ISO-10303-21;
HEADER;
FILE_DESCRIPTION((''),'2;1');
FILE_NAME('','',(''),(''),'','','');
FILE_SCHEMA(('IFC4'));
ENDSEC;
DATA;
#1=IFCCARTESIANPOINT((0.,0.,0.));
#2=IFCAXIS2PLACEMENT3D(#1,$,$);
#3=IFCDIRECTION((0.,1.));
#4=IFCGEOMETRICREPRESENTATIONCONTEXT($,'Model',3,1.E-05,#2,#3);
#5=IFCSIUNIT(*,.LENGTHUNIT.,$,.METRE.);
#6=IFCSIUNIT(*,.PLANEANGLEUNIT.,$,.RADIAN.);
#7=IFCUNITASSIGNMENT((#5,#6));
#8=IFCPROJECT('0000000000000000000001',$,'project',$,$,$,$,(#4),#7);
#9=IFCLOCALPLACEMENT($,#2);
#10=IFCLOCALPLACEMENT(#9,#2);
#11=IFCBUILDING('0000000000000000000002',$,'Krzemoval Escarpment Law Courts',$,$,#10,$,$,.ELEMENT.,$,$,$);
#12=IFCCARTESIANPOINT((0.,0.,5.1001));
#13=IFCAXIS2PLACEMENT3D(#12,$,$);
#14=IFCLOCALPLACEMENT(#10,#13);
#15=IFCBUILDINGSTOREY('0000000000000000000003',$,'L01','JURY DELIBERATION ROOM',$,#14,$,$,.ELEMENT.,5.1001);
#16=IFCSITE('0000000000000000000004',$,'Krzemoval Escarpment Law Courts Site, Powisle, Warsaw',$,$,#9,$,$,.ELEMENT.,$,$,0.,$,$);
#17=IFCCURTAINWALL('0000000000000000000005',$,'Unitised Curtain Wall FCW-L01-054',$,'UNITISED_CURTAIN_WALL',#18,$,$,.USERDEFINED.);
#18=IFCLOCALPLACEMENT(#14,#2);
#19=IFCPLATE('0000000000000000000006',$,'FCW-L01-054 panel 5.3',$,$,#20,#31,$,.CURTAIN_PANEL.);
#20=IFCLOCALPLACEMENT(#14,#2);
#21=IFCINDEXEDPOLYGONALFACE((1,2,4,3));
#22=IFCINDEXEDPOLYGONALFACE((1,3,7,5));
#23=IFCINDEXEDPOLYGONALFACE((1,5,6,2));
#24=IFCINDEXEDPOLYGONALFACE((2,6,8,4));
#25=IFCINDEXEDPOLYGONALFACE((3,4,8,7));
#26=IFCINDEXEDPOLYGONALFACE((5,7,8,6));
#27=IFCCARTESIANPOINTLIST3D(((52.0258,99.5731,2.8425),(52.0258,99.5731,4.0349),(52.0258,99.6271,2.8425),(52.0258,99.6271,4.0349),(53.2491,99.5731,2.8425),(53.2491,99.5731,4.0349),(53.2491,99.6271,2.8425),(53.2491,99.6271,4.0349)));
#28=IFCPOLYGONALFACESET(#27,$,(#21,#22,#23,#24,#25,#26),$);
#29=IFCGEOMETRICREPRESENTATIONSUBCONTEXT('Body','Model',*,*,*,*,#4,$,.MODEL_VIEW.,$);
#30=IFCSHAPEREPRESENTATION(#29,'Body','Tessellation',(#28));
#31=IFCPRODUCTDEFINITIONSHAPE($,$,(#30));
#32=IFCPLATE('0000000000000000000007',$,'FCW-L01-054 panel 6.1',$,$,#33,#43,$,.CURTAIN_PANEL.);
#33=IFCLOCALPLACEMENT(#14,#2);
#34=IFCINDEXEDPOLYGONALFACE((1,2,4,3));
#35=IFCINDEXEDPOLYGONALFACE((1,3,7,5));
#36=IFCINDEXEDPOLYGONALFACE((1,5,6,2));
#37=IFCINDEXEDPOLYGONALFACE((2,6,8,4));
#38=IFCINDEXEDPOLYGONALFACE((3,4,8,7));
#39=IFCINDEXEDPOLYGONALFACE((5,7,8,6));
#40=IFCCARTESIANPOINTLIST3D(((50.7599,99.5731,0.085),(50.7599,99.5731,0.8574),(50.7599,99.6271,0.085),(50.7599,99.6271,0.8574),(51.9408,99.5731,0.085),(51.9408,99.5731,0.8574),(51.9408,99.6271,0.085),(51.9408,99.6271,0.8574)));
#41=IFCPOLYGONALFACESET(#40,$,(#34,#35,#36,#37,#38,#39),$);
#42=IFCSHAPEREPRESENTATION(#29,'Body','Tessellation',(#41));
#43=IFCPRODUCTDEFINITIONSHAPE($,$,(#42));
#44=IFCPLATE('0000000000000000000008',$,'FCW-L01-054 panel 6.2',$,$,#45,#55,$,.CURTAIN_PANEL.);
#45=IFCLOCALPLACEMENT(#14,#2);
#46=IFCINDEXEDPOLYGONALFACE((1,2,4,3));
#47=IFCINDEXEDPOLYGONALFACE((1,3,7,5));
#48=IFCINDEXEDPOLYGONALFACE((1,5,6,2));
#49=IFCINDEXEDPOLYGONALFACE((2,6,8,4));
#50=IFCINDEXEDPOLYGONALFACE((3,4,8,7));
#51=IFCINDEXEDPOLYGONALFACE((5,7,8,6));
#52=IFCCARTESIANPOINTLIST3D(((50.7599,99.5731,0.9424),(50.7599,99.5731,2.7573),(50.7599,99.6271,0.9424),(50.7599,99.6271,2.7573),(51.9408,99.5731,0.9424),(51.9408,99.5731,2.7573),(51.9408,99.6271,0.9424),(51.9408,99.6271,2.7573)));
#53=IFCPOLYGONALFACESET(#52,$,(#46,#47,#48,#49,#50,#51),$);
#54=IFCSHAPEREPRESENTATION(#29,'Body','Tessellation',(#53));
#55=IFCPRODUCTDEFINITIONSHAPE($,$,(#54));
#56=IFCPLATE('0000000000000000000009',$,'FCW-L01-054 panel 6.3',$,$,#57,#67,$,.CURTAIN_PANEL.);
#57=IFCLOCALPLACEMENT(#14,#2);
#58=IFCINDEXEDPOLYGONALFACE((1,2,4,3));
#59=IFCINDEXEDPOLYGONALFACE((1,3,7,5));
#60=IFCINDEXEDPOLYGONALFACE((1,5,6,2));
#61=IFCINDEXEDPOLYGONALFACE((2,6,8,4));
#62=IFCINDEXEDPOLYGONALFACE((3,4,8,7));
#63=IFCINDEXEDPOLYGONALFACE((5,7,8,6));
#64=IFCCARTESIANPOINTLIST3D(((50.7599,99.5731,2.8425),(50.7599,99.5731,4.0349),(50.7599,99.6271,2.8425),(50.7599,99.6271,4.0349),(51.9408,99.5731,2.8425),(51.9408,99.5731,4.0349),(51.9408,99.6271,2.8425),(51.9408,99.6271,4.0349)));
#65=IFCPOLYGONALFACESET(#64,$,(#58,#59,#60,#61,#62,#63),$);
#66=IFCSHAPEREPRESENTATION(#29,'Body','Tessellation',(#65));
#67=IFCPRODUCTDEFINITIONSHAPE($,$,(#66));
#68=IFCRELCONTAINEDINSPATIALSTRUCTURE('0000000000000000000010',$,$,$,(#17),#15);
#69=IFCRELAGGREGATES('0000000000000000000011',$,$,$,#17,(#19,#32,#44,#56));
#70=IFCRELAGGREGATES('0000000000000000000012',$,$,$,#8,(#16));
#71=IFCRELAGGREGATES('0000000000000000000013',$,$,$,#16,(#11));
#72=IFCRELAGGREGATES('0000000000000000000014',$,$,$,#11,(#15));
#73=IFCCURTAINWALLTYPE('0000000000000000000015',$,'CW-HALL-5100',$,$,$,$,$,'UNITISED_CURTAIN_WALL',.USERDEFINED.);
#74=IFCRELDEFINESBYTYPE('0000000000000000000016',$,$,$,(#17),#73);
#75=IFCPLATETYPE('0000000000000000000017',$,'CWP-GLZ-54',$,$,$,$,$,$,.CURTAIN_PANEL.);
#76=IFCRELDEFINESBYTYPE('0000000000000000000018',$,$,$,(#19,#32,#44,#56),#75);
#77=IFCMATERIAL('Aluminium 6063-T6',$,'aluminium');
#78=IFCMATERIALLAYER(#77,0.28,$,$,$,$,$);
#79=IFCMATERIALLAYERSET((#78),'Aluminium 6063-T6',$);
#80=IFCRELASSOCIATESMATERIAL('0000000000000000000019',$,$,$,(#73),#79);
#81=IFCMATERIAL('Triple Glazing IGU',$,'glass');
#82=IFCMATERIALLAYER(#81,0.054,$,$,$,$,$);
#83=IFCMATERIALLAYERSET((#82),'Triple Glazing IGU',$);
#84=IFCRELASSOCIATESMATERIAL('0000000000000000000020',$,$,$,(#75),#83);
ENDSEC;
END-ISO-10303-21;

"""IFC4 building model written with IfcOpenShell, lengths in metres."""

from ifc_helpers import new_model, si_unit, direction, frame, origin, origin_2d, place, context, subcontext, project, spatial, rectangle, extrude, material, layer, layer_set, type_object, element, aggregate, save


model = new_model("IFC4")

# Units and contexts
model_context = context("Model", 3, precision=1e-05, world=origin(), true_north=direction((0.0, 1.0)))
body_context = subcontext(model_context, "Body", "Model", "MODEL_VIEW")
ifc_project = project(units=[si_unit("LENGTHUNIT", "METRE"), si_unit("PLANEANGLEUNIT", "RADIAN")], contexts=[model_context])

# Site, building, storey
site_placement = place(None, origin())
site = spatial("IfcSite", under=ifc_project, at=site_placement, Name="Krzemoval Escarpment Law Courts Site, Powisle, Warsaw", CompositionType="ELEMENT", RefElevation=0.0)
building_placement = place(site_placement, origin())
building = spatial("IfcBuilding", under=site, at=building_placement, Name="Krzemoval Escarpment Law Courts", CompositionType="ELEMENT")
storey_placement = place(building_placement, frame((0.0, 0.0, 5.1001)))
storey = spatial("IfcBuildingStorey", under=building, at=storey_placement, Name="L01", Description="JURY DELIBERATION ROOM", CompositionType="ELEMENT", Elevation=5.1001)

# Curtain wall, plates
ifc_material_1 = material(Name="Aluminium 6063-T6", Category="aluminium")
ifc_layer_1 = layer(ifc_material_1, 0.28)
ifc_layer_set_1 = layer_set([ifc_layer_1], Name="Aluminium 6063-T6")
curtain_wall_type = type_object("IfcCurtainWallType", Name="CW-HALL-5100", ElementType="UNITISED_CURTAIN_WALL", PredefinedType="USERDEFINED", material=ifc_layer_set_1)
curtain_wall_placement = place(storey_placement, origin())
curtain_wall = element("IfcCurtainWall", 1, at=curtain_wall_placement, inside=storey, type_object=curtain_wall_type, Name="Unitised Curtain Wall FCW-L01-054", ObjectType="UNITISED_CURTAIN_WALL", PredefinedType="USERDEFINED")
ifc_material_2 = material(Name="Triple Glazing IGU", Category="glass")
ifc_layer_2 = layer(ifc_material_2, 0.054)
ifc_layer_set_2 = layer_set([ifc_layer_2], Name="Triple Glazing IGU")
plate_type = type_object("IfcPlateType", Name="CWP-GLZ-54", PredefinedType="CURTAIN_PANEL", material=ifc_layer_set_2)
plate_1_placement = place(storey_placement, frame((52.6375, 99.6001, 2.8425), z_axis=(0.0, 0.0, 1.0), x_axis=(-1.0, 0.0, 0.0)))
plate_1 = element("IfcPlate", 2, at=plate_1_placement, type_object=plate_type, Name="FCW-L01-054 panel 5.3", PredefinedType="CURTAIN_PANEL", context=body_context, shape_type="SweptSolid", body=[
    extrude(rectangle(XDim=1.2234, YDim=0.054, at=origin_2d()), origin(), (0.0, 0.0, 1.0), 1.1924),
])
plate_2_placement = place(storey_placement, frame((51.3503, 99.6001, 0.085), z_axis=(0.0, 0.0, 1.0), x_axis=(-1.0, 0.0, 0.0)))
plate_2 = element("IfcPlate", 3, at=plate_2_placement, type_object=plate_type, Name="FCW-L01-054 panel 6.1", PredefinedType="CURTAIN_PANEL", context=body_context, shape_type="SweptSolid", body=[
    extrude(rectangle(XDim=1.1809, YDim=0.054, at=origin_2d()), origin(), (0.0, 0.0, 1.0), 0.7725),
])
plate_3_placement = place(storey_placement, frame((51.3503, 99.6001, 0.9424), z_axis=(0.0, 0.0, 1.0), x_axis=(-1.0, 0.0, 0.0)))
plate_3 = element("IfcPlate", 4, at=plate_3_placement, type_object=plate_type, Name="FCW-L01-054 panel 6.2", PredefinedType="CURTAIN_PANEL", context=body_context, shape_type="SweptSolid", body=[
    extrude(rectangle(XDim=1.1809, YDim=0.054, at=origin_2d()), origin(), (0.0, 0.0, 1.0), 1.8149),
])
plate_4_placement = place(storey_placement, frame((51.3503, 99.6001, 2.8425), z_axis=(0.0, 0.0, 1.0), x_axis=(-1.0, 0.0, 0.0)))
plate_4 = element("IfcPlate", 5, at=plate_4_placement, type_object=plate_type, Name="FCW-L01-054 panel 6.3", PredefinedType="CURTAIN_PANEL", context=body_context, shape_type="SweptSolid", body=[
    extrude(rectangle(XDim=1.1809, YDim=0.054, at=origin_2d()), origin(), (0.0, 0.0, 1.0), 1.1924),
])
aggregate(curtain_wall, [plate_1, plate_2, plate_3, plate_4])

save(model, "model.ifc")
